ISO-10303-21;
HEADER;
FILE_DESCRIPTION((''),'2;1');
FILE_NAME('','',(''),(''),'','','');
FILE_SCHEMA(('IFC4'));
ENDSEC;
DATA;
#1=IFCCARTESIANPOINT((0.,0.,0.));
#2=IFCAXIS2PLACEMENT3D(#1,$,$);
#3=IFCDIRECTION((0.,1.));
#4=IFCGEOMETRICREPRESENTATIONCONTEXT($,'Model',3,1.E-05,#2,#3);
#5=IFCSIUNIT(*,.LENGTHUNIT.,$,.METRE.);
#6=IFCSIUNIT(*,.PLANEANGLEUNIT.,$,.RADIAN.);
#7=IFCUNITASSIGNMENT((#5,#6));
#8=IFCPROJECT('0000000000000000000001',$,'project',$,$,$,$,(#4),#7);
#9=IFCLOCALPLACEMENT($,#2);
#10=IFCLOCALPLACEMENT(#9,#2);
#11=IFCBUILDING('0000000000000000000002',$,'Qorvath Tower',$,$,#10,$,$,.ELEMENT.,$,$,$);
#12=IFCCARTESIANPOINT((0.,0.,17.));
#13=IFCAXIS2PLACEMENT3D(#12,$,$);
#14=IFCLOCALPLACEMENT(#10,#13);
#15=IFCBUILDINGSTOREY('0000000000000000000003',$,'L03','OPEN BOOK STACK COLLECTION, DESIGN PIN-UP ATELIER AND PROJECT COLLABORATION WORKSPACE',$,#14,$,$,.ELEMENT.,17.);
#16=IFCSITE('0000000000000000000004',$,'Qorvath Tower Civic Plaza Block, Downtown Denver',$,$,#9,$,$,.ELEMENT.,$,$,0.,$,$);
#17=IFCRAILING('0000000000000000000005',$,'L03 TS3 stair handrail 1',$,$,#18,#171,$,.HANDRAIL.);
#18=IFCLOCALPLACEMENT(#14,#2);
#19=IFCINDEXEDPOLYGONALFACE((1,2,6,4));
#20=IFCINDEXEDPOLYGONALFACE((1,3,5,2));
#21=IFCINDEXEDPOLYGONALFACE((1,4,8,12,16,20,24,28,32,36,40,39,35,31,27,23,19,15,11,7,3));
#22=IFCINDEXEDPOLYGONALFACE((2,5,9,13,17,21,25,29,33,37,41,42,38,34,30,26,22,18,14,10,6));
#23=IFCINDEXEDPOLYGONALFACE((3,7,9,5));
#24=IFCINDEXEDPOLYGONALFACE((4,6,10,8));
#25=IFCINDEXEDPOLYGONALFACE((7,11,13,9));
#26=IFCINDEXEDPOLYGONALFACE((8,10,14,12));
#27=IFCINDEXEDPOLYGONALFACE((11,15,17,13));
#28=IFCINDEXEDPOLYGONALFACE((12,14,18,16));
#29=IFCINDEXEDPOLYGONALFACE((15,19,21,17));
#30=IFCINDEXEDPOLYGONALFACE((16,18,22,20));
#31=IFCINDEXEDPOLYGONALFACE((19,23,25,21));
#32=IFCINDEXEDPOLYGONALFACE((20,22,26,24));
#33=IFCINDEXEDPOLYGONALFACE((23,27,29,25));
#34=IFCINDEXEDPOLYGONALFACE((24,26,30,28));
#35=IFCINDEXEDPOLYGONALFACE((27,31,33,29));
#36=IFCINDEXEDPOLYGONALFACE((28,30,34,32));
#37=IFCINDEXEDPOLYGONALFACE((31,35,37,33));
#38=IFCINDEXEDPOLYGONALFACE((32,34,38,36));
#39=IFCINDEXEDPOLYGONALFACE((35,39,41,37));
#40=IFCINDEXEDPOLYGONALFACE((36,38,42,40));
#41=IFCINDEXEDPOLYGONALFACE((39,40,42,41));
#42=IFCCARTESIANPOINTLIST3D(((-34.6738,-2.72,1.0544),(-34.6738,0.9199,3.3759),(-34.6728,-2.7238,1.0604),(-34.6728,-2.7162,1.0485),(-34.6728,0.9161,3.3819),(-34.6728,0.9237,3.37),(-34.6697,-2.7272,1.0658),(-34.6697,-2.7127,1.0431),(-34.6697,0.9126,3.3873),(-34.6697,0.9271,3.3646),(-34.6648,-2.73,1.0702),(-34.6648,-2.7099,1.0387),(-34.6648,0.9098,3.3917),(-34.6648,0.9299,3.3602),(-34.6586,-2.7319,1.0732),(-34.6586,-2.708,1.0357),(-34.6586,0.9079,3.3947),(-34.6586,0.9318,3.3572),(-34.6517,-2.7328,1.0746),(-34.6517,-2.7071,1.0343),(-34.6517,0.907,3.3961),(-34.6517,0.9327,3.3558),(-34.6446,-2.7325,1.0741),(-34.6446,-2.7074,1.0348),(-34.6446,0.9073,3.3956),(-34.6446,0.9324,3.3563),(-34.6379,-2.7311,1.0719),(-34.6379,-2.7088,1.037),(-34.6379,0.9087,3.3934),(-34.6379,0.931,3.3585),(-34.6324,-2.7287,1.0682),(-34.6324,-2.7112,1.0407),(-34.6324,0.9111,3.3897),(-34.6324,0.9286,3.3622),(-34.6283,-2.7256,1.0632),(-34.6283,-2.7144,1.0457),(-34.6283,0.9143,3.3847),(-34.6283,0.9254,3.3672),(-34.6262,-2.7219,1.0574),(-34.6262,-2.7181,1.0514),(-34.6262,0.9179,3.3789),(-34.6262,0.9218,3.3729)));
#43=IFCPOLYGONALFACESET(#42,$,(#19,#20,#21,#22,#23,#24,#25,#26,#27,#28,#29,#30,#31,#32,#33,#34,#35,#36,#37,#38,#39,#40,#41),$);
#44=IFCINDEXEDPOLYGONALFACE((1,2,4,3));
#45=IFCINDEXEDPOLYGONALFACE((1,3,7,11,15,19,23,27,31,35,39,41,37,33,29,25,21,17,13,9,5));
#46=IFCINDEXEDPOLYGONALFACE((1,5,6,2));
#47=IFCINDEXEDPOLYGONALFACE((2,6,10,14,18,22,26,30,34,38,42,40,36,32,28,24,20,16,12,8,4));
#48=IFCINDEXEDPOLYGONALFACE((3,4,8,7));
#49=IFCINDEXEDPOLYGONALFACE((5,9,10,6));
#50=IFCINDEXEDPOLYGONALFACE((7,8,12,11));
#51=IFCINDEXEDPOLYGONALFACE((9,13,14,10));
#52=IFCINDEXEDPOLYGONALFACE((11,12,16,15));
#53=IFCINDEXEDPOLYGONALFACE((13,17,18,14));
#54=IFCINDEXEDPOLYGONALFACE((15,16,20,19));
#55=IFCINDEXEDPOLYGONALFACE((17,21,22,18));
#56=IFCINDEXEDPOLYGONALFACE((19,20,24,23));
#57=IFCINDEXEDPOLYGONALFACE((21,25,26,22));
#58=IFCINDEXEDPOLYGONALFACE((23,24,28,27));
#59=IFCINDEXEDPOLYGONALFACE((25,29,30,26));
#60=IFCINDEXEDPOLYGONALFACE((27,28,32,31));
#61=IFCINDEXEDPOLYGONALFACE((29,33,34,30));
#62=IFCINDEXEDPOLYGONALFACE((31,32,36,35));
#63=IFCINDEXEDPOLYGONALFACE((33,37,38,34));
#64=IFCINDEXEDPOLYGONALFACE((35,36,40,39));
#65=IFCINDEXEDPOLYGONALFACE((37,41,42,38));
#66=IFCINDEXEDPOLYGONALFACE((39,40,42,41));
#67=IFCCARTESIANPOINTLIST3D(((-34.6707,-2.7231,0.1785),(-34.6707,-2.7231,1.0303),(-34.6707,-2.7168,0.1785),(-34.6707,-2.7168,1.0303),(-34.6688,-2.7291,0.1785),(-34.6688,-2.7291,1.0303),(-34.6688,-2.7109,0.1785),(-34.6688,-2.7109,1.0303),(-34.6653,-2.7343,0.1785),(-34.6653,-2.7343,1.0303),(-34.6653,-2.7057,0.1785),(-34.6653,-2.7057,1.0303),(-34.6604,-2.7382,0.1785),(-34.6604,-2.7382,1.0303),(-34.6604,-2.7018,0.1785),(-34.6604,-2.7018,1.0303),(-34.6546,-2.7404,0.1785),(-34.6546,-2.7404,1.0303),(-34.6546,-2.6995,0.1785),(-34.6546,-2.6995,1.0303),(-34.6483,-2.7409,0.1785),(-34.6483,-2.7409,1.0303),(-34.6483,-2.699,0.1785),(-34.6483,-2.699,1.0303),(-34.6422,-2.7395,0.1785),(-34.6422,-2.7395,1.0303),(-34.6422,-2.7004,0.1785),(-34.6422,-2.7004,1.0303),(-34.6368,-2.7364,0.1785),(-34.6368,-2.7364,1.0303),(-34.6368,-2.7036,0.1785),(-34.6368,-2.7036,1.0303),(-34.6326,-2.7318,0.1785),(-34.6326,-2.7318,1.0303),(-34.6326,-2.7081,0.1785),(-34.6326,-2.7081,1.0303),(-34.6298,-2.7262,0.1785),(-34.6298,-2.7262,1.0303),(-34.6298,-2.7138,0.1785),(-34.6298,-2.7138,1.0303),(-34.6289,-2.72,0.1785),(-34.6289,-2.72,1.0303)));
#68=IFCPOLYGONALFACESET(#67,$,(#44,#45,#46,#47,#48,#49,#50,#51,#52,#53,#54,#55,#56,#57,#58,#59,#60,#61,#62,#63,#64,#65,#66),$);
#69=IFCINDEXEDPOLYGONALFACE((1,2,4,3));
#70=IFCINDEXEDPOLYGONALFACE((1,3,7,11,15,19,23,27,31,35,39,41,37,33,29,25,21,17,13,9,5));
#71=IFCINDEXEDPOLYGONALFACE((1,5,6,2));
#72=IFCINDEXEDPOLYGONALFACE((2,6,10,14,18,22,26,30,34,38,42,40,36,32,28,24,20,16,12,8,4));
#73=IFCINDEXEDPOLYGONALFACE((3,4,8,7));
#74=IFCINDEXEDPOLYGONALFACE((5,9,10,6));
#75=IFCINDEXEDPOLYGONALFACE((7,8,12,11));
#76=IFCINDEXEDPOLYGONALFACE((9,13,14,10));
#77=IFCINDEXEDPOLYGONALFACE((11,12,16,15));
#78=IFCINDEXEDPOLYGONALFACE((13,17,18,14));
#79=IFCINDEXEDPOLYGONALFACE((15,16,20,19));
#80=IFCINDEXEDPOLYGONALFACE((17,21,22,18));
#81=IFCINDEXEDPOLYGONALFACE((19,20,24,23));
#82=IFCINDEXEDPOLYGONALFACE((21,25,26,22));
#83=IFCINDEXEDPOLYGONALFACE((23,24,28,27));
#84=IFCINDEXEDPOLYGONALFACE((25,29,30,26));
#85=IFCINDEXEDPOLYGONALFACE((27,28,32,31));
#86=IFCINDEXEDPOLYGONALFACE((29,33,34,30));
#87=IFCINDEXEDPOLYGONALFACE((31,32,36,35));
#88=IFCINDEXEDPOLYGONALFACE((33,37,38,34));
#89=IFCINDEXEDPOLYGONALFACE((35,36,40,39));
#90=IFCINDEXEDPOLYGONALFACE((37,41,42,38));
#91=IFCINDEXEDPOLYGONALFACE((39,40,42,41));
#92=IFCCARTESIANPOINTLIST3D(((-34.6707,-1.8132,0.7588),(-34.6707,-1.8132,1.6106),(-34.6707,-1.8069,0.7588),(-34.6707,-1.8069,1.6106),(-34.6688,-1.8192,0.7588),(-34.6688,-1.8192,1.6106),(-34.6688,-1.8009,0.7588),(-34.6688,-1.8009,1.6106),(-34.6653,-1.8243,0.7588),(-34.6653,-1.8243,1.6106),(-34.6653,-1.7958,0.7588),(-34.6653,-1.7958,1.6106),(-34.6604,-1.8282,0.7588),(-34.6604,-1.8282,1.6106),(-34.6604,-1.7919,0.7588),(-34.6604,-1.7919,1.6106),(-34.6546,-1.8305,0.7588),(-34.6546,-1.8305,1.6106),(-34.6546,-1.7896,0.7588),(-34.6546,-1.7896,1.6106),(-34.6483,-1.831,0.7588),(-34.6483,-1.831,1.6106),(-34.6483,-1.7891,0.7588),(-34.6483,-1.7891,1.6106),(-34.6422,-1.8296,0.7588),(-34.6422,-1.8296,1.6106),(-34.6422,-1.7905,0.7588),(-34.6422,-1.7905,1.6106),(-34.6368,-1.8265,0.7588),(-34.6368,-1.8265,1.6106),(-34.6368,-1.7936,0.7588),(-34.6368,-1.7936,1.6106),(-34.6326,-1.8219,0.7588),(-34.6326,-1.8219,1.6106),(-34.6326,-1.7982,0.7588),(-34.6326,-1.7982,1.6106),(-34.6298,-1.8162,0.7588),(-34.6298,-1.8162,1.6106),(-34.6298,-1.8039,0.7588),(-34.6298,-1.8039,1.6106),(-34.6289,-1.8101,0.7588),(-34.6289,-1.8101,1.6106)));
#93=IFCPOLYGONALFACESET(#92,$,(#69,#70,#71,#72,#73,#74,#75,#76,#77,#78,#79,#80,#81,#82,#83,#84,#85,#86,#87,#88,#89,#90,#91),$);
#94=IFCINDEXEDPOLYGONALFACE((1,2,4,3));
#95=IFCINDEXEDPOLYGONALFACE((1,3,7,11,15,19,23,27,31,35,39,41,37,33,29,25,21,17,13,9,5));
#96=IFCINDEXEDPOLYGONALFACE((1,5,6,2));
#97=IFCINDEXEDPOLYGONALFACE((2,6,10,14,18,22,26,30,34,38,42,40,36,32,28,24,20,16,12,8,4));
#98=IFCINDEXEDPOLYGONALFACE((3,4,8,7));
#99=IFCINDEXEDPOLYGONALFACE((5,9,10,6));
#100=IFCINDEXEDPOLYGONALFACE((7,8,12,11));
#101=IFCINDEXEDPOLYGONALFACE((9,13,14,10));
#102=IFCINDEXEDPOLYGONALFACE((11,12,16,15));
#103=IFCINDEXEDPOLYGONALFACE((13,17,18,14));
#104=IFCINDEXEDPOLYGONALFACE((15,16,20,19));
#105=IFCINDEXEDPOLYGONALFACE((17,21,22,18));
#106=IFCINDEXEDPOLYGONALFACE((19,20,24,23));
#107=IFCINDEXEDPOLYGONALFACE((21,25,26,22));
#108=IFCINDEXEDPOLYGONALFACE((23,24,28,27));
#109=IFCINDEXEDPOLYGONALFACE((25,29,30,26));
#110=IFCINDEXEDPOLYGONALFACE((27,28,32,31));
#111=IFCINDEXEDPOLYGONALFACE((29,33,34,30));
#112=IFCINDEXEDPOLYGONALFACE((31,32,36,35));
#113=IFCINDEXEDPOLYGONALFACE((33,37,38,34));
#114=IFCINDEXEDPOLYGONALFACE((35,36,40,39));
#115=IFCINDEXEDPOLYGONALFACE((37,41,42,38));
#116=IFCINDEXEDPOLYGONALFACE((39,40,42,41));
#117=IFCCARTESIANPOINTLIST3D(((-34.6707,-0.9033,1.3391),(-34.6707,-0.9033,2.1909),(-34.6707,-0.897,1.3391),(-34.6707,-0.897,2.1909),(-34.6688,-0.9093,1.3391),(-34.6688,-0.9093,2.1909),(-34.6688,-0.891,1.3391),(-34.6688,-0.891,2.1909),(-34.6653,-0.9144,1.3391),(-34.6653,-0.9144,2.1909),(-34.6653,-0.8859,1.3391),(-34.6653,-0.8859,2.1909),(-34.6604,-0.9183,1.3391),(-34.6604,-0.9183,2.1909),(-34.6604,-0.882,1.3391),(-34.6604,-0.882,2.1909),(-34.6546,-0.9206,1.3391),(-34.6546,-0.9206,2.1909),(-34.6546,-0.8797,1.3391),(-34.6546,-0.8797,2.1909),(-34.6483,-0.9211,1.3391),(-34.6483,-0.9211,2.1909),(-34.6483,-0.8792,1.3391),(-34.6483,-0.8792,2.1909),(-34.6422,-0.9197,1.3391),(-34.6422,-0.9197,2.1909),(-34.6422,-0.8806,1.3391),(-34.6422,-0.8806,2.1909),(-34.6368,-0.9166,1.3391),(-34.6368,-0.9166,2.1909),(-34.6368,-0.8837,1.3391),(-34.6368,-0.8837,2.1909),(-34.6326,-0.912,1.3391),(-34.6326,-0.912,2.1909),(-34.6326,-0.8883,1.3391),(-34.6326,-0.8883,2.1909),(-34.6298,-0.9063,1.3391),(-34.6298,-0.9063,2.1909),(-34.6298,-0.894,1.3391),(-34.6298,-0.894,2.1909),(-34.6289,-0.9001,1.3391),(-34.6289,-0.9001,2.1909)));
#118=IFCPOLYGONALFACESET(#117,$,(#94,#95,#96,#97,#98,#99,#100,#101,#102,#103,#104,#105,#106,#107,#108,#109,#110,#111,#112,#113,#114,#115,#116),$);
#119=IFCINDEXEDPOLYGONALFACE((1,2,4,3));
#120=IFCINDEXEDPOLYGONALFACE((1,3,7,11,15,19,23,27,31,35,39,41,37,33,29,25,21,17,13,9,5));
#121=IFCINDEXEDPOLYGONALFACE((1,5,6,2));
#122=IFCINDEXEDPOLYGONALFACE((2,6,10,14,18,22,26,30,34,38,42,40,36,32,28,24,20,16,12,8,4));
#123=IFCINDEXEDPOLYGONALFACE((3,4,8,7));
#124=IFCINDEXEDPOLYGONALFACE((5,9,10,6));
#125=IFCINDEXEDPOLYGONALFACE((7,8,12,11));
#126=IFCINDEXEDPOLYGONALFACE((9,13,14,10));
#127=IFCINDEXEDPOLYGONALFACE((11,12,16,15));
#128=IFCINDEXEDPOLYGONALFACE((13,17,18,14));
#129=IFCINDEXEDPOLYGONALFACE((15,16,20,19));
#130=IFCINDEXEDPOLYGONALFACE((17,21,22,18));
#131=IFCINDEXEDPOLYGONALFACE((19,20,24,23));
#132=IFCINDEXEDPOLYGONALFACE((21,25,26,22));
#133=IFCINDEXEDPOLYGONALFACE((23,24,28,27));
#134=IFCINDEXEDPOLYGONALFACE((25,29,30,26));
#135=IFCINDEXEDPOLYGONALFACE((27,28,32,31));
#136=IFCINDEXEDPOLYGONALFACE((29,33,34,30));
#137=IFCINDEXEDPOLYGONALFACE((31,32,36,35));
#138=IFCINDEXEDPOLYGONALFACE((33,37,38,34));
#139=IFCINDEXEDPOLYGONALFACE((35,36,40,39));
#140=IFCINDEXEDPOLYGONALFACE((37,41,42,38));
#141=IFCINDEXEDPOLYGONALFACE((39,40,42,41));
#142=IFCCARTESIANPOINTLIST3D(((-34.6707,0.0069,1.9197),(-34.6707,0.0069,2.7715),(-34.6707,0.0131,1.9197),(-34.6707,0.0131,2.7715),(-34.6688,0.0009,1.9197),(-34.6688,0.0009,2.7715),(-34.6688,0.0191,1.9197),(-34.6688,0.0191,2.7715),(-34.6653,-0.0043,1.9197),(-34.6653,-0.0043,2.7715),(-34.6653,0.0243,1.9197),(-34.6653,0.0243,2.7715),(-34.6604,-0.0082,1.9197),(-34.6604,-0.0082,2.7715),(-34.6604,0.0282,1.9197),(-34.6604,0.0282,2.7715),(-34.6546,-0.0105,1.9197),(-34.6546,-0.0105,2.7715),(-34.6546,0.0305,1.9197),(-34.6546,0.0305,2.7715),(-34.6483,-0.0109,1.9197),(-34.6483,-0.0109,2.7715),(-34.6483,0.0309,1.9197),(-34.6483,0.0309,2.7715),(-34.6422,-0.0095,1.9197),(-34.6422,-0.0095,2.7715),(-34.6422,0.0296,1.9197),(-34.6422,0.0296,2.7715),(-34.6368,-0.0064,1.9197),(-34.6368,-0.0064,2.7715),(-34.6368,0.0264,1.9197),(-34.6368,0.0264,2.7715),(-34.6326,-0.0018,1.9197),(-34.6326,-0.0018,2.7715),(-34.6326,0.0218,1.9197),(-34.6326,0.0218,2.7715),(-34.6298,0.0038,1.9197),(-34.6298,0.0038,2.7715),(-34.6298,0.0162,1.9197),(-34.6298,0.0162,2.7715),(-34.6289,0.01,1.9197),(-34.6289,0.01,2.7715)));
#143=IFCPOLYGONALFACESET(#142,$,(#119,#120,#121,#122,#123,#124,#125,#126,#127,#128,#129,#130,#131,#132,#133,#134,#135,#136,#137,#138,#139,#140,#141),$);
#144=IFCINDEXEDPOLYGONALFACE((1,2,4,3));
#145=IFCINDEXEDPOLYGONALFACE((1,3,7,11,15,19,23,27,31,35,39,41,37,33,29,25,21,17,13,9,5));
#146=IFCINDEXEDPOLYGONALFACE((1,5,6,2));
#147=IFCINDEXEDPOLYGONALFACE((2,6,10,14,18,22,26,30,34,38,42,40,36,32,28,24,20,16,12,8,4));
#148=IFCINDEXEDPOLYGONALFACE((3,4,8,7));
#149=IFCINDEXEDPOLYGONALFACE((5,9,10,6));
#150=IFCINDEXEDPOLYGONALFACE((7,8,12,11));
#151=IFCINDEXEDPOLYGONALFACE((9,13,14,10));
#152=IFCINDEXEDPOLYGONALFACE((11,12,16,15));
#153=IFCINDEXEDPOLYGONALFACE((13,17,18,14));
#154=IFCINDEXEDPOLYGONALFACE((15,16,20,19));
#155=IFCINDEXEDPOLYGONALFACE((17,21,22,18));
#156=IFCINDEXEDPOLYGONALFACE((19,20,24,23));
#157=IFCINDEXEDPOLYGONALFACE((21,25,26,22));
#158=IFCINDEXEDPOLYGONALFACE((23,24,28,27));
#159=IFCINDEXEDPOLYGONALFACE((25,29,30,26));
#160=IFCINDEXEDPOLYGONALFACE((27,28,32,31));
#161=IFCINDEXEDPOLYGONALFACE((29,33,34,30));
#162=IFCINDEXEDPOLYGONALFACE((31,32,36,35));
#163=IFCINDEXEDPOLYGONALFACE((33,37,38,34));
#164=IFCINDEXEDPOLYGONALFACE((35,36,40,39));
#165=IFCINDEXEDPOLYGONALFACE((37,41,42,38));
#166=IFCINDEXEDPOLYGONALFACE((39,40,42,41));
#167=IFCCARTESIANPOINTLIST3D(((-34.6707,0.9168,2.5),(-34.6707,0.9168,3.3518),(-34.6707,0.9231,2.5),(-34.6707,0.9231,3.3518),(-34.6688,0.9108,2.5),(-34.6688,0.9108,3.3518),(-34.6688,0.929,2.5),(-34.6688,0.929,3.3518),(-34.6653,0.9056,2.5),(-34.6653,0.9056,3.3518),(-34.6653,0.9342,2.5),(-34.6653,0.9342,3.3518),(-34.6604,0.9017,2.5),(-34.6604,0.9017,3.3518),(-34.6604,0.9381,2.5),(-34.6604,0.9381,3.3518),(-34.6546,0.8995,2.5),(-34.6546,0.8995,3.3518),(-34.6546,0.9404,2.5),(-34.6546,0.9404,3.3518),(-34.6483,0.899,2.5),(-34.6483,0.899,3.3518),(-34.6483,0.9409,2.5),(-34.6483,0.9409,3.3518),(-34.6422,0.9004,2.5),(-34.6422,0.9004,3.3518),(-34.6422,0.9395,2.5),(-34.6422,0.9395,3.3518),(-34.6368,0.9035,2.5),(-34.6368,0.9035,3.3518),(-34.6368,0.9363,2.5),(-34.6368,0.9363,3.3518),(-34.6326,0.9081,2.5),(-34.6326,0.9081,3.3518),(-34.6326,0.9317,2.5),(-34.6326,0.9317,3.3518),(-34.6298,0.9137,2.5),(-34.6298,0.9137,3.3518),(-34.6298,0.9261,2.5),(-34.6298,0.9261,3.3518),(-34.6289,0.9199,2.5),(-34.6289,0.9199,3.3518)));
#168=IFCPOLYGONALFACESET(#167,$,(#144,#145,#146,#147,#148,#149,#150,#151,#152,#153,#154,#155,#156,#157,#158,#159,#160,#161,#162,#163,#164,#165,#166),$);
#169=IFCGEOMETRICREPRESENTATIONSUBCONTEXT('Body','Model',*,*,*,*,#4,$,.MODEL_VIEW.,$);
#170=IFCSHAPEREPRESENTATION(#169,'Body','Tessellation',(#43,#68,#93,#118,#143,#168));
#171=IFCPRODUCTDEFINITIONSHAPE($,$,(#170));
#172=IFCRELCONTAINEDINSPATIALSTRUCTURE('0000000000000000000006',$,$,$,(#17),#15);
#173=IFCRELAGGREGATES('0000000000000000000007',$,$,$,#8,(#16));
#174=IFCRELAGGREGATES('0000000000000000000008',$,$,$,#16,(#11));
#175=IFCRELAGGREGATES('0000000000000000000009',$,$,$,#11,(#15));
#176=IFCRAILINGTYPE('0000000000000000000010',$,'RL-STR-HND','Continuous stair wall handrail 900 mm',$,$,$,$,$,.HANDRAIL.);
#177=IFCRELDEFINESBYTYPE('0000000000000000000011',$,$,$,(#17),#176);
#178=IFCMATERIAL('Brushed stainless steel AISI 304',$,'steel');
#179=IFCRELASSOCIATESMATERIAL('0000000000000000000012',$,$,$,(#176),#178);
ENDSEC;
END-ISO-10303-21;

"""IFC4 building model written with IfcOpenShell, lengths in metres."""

from ifc_helpers import new_model, si_unit, direction, frame, origin, origin_2d, place, context, subcontext, project, spatial, circle, extrude, material, type_object, element, save


model = new_model("IFC4")

# Units and contexts
model_context = context("Model", 3, precision=1e-05, world=origin(), true_north=direction((0.0, 1.0)))
body_context = subcontext(model_context, "Body", "Model", "MODEL_VIEW")
ifc_project = project(units=[si_unit("LENGTHUNIT", "METRE"), si_unit("PLANEANGLEUNIT", "RADIAN")], contexts=[model_context])

# Site, building, storey
site_placement = place(None, origin())
site = spatial("IfcSite", under=ifc_project, at=site_placement, Name="Qorvath Tower Civic Plaza Block, Downtown Denver", CompositionType="ELEMENT", RefElevation=0.0)
building_placement = place(site_placement, origin())
building = spatial("IfcBuilding", under=site, at=building_placement, Name="Qorvath Tower", CompositionType="ELEMENT")
storey_placement = place(building_placement, frame((0.0, 0.0, 17.0)))
storey = spatial("IfcBuildingStorey", under=building, at=storey_placement, Name="L03", Description="OPEN BOOK STACK COLLECTION, DESIGN PIN-UP ATELIER AND PROJECT COLLABORATION WORKSPACE", CompositionType="ELEMENT", Elevation=17.0)

# Railing
ifc_material_1 = material(Name="Brushed stainless steel AISI 304", Category="steel")
railing_type = type_object("IfcRailingType", Name="RL-STR-HND", Description="Continuous stair wall handrail 900 mm", PredefinedType="HANDRAIL", material=ifc_material_1)
railing_placement = place(storey_placement, frame((-34.6499, -2.72, 0.1785)))
element("IfcRailing", 1, at=railing_placement, inside=storey, type_object=railing_type, Name="L03 TS3 stair handrail 1", PredefinedType="HANDRAIL", context=body_context, shape_type="SweptSolid", body=[
    extrude(circle(Radius=0.0239, at=origin_2d()), frame((0.0, 0.0, 0.876), z_axis=(0.0, 0.843112, 0.537739), x_axis=(-1.0, 0.0, 0.0)), (0.0, 0.0, 1.0), 4.3171),
    extrude(circle(Radius=0.021, at=origin_2d()), origin(), (0.0, 0.0, 1.0), 0.8518),
    extrude(circle(Radius=0.021, at=origin_2d()), frame((0.0, 0.9099, 0.5803)), (0.0, 0.0, 1.0), 0.8518),
    extrude(circle(Radius=0.021, at=origin_2d()), frame((0.0, 1.8198, 1.1606)), (0.0, 0.0, 1.0), 0.8518),
    extrude(circle(Radius=0.021, at=origin_2d()), frame((0.0, 2.73, 1.7412)), (0.0, 0.0, 1.0), 0.8518),
    extrude(circle(Radius=0.021, at=origin_2d()), frame((0.0, 3.6399, 2.3215)), (0.0, 0.0, 1.0), 0.8518),
])

save(model, "model.ifc")
